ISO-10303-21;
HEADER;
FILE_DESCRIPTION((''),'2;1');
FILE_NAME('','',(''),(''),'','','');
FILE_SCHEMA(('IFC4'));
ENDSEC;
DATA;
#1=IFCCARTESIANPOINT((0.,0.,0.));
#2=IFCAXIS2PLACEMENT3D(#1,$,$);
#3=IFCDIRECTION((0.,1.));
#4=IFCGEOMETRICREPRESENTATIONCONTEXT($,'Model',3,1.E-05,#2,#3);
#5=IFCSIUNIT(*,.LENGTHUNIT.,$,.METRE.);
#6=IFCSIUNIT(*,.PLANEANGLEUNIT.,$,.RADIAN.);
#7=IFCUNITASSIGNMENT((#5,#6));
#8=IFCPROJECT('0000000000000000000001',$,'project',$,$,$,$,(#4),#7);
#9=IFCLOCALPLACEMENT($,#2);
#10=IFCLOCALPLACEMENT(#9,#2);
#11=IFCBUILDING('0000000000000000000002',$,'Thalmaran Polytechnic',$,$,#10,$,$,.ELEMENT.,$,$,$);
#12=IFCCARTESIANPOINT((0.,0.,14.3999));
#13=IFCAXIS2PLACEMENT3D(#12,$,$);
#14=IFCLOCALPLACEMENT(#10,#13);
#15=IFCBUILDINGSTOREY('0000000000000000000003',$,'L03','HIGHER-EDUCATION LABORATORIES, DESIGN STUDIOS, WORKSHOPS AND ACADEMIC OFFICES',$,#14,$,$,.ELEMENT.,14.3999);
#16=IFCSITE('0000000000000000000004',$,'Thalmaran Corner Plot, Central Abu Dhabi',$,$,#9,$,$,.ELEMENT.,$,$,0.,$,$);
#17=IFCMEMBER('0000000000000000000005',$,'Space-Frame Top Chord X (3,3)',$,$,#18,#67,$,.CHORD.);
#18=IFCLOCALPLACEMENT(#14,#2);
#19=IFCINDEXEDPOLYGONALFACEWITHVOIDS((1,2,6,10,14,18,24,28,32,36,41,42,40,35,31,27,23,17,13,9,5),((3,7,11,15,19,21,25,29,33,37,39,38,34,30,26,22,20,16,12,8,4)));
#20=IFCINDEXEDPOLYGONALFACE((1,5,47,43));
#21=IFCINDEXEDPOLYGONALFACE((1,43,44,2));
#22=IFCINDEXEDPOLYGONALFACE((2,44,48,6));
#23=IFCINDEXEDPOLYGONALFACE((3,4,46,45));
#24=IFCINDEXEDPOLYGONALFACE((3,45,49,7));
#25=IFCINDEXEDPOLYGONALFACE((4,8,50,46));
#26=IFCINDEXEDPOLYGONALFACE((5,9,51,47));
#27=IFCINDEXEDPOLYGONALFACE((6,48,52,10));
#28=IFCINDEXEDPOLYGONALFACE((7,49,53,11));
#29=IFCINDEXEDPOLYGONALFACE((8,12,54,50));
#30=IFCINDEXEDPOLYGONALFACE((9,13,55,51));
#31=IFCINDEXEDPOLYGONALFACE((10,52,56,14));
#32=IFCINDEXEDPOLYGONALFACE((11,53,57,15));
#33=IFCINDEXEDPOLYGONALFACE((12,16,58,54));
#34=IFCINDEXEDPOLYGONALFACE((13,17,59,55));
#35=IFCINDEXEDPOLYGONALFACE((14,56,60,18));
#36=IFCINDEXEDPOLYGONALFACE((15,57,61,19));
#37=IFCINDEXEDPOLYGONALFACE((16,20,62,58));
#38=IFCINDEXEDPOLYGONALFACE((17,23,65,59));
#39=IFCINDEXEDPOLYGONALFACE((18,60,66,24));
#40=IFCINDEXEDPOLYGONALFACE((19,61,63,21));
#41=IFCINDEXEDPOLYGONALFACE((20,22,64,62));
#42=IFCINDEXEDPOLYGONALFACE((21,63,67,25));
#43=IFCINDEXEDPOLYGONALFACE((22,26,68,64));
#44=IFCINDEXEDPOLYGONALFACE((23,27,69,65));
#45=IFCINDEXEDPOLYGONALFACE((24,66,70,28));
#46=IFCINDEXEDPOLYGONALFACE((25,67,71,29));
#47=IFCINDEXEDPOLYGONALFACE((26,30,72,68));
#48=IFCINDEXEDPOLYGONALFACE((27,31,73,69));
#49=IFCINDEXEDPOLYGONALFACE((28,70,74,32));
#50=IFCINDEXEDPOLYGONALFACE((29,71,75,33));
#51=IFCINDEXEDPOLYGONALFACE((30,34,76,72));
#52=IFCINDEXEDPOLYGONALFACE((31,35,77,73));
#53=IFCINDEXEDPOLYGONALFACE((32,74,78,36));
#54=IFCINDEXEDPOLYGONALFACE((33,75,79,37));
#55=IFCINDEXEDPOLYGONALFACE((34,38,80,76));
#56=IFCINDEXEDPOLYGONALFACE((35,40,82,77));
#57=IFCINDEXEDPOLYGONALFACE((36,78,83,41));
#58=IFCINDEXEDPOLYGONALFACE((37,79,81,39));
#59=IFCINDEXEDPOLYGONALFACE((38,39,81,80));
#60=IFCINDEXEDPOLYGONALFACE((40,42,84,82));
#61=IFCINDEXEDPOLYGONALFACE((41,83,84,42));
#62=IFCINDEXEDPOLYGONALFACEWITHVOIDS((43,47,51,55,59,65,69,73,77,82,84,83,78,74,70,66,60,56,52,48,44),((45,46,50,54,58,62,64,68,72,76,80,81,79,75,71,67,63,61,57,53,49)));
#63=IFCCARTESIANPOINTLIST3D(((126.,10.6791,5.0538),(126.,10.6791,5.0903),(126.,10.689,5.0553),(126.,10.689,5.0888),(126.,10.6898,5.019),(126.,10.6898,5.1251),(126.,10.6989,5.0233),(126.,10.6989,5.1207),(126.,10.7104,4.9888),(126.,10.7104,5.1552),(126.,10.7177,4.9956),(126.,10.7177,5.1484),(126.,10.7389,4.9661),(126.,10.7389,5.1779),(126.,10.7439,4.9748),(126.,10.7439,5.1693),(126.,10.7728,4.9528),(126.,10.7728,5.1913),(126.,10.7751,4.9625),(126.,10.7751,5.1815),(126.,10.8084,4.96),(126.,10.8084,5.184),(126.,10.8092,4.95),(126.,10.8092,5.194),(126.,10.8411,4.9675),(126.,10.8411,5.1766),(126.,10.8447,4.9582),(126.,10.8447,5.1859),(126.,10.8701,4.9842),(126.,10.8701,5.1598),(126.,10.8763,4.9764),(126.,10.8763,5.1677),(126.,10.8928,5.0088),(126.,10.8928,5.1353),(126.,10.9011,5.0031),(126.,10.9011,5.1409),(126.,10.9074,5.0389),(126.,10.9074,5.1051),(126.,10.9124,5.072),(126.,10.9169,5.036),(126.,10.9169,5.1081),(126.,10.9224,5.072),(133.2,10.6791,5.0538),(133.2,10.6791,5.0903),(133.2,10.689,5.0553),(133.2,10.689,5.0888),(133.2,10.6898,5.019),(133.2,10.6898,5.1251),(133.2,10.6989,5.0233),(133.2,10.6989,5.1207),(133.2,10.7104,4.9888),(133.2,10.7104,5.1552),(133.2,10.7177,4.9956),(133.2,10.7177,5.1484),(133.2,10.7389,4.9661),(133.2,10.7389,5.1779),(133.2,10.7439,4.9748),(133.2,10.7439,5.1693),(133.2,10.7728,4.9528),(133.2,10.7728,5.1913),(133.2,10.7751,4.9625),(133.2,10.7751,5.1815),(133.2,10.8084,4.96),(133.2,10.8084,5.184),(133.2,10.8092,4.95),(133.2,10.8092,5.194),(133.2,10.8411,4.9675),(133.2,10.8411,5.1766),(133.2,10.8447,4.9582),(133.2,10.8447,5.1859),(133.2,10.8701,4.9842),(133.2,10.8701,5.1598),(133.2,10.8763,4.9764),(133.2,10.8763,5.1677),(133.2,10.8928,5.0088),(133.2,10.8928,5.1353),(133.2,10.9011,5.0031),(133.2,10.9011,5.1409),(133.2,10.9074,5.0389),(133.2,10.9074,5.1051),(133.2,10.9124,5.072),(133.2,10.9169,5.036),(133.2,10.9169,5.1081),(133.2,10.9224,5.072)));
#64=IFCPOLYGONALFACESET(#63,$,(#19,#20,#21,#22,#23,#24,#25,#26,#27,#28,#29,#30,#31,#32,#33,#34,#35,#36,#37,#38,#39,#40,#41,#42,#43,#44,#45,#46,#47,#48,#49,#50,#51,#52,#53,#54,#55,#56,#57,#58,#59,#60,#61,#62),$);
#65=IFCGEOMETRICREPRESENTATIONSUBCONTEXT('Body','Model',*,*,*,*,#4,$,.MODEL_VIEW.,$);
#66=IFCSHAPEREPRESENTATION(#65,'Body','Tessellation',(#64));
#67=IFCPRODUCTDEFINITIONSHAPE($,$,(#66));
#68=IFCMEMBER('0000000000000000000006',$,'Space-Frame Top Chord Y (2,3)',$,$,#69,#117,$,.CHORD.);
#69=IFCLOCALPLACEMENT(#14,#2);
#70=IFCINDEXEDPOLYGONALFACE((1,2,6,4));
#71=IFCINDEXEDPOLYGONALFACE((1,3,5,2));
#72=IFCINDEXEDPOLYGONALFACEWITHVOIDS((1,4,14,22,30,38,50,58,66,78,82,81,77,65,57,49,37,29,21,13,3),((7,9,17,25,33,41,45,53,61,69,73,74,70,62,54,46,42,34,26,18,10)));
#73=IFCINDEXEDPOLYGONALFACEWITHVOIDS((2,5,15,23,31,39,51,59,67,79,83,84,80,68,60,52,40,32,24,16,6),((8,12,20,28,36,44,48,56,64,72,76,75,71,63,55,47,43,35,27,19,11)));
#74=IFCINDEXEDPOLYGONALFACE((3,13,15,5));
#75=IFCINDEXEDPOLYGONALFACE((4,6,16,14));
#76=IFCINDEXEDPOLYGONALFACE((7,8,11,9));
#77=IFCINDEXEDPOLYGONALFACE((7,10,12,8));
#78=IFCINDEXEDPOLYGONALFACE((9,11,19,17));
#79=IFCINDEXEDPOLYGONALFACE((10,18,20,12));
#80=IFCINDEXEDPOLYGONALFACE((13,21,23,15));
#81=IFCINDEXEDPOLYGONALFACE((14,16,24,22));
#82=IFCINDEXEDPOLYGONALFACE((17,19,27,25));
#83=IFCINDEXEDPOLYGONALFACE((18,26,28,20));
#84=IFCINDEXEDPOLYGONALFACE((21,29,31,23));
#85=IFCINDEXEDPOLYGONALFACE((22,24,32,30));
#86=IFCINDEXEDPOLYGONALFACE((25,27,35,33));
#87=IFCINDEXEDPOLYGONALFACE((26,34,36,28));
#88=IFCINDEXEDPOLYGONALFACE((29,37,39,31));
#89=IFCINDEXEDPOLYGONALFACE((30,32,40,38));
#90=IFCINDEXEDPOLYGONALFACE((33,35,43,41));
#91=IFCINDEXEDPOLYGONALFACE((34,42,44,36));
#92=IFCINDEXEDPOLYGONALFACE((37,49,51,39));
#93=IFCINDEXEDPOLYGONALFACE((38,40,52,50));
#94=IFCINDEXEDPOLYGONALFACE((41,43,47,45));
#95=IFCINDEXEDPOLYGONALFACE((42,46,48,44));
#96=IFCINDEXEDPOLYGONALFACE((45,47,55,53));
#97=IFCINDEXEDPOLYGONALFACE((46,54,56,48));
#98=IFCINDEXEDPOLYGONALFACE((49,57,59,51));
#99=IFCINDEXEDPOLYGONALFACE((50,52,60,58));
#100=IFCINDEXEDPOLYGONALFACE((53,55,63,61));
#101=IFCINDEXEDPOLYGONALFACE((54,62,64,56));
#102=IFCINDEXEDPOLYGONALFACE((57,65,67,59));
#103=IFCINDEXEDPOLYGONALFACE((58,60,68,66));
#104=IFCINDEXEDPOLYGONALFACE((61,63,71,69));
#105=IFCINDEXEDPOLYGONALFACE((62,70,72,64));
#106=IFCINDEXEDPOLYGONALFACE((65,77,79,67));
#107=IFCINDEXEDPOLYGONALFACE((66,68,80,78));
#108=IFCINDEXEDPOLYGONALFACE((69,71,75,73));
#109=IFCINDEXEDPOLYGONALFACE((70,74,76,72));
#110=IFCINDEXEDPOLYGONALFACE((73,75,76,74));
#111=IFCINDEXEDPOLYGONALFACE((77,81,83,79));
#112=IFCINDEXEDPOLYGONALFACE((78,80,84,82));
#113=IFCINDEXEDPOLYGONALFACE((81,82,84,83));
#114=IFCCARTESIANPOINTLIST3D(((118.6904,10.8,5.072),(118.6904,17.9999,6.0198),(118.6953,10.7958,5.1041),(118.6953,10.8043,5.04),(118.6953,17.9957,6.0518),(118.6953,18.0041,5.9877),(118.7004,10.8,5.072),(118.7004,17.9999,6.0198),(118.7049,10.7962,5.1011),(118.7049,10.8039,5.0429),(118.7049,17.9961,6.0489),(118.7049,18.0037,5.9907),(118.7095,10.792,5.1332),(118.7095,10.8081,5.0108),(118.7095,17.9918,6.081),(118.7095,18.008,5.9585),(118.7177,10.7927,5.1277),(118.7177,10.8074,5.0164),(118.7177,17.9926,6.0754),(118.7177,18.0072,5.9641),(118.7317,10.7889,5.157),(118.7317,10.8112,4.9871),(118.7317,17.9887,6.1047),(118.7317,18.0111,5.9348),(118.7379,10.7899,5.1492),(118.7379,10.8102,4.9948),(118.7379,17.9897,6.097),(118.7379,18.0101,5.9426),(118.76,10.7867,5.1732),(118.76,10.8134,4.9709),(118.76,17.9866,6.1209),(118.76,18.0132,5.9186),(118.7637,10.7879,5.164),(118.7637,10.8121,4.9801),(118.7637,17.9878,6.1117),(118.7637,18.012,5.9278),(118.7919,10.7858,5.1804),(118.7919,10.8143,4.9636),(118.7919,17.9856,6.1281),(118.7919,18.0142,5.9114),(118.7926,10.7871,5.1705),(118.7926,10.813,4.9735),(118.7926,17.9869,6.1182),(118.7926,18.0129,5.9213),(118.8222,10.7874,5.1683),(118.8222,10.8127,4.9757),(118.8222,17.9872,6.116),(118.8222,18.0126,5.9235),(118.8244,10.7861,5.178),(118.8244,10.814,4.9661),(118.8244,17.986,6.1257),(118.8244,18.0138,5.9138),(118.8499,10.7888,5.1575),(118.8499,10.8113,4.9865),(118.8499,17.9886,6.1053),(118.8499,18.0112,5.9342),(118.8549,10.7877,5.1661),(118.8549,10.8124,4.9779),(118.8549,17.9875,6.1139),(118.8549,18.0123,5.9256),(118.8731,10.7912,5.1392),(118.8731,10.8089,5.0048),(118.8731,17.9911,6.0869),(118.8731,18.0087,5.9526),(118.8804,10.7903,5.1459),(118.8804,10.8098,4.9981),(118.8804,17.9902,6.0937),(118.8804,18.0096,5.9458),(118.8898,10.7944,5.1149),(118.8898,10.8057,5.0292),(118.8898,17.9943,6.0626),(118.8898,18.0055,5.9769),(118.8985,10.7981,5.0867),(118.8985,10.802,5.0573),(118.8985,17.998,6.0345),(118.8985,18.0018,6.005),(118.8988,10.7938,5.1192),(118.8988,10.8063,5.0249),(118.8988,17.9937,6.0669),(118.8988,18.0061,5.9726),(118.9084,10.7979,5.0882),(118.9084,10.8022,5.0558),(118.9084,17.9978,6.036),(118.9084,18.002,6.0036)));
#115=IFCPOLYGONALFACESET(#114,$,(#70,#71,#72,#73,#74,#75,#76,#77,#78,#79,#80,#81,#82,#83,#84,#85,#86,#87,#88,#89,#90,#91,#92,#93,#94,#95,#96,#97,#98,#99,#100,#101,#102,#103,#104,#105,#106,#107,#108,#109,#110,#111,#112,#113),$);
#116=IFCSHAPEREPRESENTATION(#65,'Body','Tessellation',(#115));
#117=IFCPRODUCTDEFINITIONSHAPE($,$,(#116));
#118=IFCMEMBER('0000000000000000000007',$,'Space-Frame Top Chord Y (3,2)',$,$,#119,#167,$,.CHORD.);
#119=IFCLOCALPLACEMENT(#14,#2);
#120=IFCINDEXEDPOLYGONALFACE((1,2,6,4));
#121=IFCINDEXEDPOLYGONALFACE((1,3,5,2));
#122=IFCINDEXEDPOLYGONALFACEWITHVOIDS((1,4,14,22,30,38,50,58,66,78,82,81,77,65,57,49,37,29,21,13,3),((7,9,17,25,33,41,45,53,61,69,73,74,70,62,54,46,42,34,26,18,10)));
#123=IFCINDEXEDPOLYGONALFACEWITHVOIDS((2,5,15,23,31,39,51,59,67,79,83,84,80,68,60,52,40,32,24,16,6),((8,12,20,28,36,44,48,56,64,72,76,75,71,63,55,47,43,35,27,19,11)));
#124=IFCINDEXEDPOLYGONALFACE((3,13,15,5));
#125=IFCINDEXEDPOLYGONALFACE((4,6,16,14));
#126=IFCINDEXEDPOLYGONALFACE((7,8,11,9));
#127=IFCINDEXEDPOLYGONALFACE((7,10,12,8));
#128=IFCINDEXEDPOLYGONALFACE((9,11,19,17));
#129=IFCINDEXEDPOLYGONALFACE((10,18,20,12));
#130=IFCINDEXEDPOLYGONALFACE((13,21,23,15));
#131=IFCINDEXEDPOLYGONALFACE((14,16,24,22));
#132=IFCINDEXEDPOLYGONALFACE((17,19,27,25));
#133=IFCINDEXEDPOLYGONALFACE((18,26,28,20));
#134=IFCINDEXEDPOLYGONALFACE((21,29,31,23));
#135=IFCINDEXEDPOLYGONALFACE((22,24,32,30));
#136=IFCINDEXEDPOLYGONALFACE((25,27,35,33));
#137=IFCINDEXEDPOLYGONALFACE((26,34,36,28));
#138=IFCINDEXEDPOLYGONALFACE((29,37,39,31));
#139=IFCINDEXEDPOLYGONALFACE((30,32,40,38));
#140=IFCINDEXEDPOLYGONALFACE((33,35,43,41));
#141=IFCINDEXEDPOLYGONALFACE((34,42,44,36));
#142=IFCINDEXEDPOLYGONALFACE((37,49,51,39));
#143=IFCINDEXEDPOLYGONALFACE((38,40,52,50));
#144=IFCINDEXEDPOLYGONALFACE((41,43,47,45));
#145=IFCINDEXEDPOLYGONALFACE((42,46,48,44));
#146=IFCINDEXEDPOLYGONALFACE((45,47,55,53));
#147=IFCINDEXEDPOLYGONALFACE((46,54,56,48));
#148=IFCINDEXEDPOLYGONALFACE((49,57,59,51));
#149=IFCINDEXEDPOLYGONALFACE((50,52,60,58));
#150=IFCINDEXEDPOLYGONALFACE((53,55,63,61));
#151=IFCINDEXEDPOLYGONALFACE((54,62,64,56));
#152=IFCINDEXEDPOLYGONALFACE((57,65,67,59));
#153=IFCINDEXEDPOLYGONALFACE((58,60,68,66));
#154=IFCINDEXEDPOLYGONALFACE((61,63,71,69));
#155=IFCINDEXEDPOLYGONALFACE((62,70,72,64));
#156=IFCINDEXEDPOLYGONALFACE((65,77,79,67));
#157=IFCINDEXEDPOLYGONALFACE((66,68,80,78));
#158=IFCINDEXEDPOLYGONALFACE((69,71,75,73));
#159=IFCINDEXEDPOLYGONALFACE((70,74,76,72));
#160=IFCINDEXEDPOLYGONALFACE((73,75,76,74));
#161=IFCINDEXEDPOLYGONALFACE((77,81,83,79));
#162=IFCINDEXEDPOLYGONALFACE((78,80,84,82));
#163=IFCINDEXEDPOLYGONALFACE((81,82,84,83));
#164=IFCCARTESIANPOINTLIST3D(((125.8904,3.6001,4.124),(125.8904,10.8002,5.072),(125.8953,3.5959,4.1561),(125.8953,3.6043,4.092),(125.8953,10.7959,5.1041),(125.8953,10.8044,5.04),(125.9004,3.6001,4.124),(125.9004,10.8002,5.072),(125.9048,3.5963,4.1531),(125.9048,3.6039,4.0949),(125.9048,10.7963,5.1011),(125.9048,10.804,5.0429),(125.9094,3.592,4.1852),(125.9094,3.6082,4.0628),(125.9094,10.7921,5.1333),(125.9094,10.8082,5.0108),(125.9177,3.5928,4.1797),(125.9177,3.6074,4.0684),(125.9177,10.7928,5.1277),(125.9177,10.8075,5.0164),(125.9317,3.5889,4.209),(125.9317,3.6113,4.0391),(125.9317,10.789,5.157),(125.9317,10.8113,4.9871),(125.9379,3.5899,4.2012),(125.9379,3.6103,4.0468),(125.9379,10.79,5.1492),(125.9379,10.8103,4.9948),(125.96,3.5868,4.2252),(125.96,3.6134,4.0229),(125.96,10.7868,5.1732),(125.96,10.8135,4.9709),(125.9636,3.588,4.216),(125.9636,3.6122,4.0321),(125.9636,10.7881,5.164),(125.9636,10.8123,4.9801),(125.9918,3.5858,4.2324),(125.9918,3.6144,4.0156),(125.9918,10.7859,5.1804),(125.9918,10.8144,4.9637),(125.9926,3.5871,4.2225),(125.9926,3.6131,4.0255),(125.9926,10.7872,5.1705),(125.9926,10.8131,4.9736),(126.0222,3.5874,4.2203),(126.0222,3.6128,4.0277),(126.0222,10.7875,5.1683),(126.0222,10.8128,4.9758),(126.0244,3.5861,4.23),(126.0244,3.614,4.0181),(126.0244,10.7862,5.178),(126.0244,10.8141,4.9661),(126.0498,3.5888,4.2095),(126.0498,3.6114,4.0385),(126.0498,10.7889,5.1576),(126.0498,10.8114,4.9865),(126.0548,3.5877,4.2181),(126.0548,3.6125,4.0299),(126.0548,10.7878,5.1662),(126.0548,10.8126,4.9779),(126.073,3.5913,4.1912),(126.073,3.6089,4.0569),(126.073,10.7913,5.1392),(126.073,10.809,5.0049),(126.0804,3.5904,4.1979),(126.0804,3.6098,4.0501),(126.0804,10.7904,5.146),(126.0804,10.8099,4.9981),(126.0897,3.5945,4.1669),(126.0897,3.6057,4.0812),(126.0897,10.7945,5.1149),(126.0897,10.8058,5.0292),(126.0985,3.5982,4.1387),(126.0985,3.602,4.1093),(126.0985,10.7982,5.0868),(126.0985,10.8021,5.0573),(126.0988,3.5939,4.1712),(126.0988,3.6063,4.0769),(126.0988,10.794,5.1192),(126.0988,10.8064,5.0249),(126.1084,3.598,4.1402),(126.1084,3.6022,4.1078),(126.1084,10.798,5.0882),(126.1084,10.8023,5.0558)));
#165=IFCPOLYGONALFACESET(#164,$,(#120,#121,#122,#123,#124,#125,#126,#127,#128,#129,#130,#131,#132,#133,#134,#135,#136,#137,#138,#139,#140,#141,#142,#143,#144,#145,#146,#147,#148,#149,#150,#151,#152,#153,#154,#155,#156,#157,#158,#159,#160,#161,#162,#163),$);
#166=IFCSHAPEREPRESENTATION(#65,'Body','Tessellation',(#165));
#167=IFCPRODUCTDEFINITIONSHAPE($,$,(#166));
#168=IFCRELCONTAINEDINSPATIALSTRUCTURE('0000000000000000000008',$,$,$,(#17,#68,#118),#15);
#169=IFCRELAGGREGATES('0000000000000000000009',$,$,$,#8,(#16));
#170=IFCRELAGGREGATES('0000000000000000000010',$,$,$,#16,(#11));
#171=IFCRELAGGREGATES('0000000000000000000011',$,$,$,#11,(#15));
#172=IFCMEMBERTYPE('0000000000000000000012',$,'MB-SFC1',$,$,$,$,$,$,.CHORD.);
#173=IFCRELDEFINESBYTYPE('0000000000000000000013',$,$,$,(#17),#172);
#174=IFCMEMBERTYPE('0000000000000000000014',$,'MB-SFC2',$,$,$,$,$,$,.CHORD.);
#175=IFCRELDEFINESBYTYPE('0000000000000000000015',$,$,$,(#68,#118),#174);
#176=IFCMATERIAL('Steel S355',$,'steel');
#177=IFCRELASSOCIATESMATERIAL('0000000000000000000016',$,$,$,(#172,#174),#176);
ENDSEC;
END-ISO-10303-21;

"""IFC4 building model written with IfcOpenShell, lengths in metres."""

from ifc_helpers import new_model, si_unit, direction, frame, origin, origin_2d, place, context, subcontext, project, spatial, hollow_circle, extrude, material, material_profile, profile_set, type_object, element, save


model = new_model("IFC4")

# Units and contexts
model_context = context("Model", 3, precision=1e-05, world=origin(), true_north=direction((0.0, 1.0)))
body_context = subcontext(model_context, "Body", "Model", "MODEL_VIEW")
ifc_project = project(units=[si_unit("LENGTHUNIT", "METRE"), si_unit("PLANEANGLEUNIT", "RADIAN")], contexts=[model_context])

# Site, building, storey
site_placement = place(None, origin())
site = spatial("IfcSite", under=ifc_project, at=site_placement, Name="Thalmaran Corner Plot, Central Abu Dhabi", CompositionType="ELEMENT", RefElevation=0.0)
building_placement = place(site_placement, origin())
building = spatial("IfcBuilding", under=site, at=building_placement, Name="Thalmaran Polytechnic", CompositionType="ELEMENT")
storey_placement = place(building_placement, frame((0.0, 0.0, 14.3999)))
storey = spatial("IfcBuildingStorey", under=building, at=storey_placement, Name="L03", Description="HIGHER-EDUCATION LABORATORIES, DESIGN STUDIOS, WORKSHOPS AND ACADEMIC OFFICES", CompositionType="ELEMENT", Elevation=14.3999)

# Shared definitions
ifc_material_1 = material(Name="Steel S355", Category="steel")

# Members
ifc_material_profile_1 = material_profile(ifc_material_1, hollow_circle(Radius=0.1223, WallThickness=0.01, at=origin_2d()), Name="CHS 244.5x10.0")
ifc_profile_set_1 = profile_set([ifc_material_profile_1], Name="Steel S355")
member_type_1 = type_object("IfcMemberType", Name="MB-SFC1", PredefinedType="CHORD", material=ifc_profile_set_1)
for number, where, z_axis, x_axis, name in (
    (1, (126.0, 10.8, 5.072), (1.0, 0.0, 0.0), (0.0, 1.0, 0.0), "Space-Frame Top Chord X (3,3)"),
):
    element("IfcMember", number, at=place(storey_placement, frame(where, z_axis=z_axis, x_axis=x_axis)), inside=storey, type_object=member_type_1, Name=name, PredefinedType="CHORD", context=body_context, shape_type="SweptSolid", body=[
        extrude(hollow_circle(Radius=0.1223, WallThickness=0.01, at=origin_2d()), origin(), (0.0, 0.0, 1.0), 7.2),
    ])
ifc_material_profile_2 = material_profile(ifc_material_1, hollow_circle(Radius=0.1096, WallThickness=0.01, at=origin_2d()), Name="CHS 219.1x10.0")
ifc_profile_set_2 = profile_set([ifc_material_profile_2], Name="Steel S355")
member_type_2 = type_object("IfcMemberType", Name="MB-SFC2", PredefinedType="CHORD", material=ifc_profile_set_2)
member_1_placement = place(storey_placement, frame((118.8, 10.8, 5.072), z_axis=(0.0, 0.991447, 0.130508), x_axis=(-1.0, 0.0, 0.0)))
element("IfcMember", 2, at=member_1_placement, inside=storey, type_object=member_type_2, Name="Space-Frame Top Chord Y (2,3)", PredefinedType="CHORD", context=body_context, shape_type="SweptSolid", body=[
    extrude(hollow_circle(Radius=0.1096, WallThickness=0.01, at=origin_2d()), origin(), (0.0, 0.0, 1.0), 7.262),
])
member_2_placement = place(storey_placement, frame((126.0, 3.6001, 4.124), z_axis=(0.0, 0.991443, 0.130541), x_axis=(-1.0, 0.0, 0.0)))
element("IfcMember", 3, at=member_2_placement, inside=storey, type_object=member_type_2, Name="Space-Frame Top Chord Y (3,2)", PredefinedType="CHORD", context=body_context, shape_type="SweptSolid", body=[
    extrude(hollow_circle(Radius=0.1096, WallThickness=0.01, at=origin_2d()), origin(), (0.0, 0.0, 1.0), 7.2622),
])

save(model, "model.ifc")
